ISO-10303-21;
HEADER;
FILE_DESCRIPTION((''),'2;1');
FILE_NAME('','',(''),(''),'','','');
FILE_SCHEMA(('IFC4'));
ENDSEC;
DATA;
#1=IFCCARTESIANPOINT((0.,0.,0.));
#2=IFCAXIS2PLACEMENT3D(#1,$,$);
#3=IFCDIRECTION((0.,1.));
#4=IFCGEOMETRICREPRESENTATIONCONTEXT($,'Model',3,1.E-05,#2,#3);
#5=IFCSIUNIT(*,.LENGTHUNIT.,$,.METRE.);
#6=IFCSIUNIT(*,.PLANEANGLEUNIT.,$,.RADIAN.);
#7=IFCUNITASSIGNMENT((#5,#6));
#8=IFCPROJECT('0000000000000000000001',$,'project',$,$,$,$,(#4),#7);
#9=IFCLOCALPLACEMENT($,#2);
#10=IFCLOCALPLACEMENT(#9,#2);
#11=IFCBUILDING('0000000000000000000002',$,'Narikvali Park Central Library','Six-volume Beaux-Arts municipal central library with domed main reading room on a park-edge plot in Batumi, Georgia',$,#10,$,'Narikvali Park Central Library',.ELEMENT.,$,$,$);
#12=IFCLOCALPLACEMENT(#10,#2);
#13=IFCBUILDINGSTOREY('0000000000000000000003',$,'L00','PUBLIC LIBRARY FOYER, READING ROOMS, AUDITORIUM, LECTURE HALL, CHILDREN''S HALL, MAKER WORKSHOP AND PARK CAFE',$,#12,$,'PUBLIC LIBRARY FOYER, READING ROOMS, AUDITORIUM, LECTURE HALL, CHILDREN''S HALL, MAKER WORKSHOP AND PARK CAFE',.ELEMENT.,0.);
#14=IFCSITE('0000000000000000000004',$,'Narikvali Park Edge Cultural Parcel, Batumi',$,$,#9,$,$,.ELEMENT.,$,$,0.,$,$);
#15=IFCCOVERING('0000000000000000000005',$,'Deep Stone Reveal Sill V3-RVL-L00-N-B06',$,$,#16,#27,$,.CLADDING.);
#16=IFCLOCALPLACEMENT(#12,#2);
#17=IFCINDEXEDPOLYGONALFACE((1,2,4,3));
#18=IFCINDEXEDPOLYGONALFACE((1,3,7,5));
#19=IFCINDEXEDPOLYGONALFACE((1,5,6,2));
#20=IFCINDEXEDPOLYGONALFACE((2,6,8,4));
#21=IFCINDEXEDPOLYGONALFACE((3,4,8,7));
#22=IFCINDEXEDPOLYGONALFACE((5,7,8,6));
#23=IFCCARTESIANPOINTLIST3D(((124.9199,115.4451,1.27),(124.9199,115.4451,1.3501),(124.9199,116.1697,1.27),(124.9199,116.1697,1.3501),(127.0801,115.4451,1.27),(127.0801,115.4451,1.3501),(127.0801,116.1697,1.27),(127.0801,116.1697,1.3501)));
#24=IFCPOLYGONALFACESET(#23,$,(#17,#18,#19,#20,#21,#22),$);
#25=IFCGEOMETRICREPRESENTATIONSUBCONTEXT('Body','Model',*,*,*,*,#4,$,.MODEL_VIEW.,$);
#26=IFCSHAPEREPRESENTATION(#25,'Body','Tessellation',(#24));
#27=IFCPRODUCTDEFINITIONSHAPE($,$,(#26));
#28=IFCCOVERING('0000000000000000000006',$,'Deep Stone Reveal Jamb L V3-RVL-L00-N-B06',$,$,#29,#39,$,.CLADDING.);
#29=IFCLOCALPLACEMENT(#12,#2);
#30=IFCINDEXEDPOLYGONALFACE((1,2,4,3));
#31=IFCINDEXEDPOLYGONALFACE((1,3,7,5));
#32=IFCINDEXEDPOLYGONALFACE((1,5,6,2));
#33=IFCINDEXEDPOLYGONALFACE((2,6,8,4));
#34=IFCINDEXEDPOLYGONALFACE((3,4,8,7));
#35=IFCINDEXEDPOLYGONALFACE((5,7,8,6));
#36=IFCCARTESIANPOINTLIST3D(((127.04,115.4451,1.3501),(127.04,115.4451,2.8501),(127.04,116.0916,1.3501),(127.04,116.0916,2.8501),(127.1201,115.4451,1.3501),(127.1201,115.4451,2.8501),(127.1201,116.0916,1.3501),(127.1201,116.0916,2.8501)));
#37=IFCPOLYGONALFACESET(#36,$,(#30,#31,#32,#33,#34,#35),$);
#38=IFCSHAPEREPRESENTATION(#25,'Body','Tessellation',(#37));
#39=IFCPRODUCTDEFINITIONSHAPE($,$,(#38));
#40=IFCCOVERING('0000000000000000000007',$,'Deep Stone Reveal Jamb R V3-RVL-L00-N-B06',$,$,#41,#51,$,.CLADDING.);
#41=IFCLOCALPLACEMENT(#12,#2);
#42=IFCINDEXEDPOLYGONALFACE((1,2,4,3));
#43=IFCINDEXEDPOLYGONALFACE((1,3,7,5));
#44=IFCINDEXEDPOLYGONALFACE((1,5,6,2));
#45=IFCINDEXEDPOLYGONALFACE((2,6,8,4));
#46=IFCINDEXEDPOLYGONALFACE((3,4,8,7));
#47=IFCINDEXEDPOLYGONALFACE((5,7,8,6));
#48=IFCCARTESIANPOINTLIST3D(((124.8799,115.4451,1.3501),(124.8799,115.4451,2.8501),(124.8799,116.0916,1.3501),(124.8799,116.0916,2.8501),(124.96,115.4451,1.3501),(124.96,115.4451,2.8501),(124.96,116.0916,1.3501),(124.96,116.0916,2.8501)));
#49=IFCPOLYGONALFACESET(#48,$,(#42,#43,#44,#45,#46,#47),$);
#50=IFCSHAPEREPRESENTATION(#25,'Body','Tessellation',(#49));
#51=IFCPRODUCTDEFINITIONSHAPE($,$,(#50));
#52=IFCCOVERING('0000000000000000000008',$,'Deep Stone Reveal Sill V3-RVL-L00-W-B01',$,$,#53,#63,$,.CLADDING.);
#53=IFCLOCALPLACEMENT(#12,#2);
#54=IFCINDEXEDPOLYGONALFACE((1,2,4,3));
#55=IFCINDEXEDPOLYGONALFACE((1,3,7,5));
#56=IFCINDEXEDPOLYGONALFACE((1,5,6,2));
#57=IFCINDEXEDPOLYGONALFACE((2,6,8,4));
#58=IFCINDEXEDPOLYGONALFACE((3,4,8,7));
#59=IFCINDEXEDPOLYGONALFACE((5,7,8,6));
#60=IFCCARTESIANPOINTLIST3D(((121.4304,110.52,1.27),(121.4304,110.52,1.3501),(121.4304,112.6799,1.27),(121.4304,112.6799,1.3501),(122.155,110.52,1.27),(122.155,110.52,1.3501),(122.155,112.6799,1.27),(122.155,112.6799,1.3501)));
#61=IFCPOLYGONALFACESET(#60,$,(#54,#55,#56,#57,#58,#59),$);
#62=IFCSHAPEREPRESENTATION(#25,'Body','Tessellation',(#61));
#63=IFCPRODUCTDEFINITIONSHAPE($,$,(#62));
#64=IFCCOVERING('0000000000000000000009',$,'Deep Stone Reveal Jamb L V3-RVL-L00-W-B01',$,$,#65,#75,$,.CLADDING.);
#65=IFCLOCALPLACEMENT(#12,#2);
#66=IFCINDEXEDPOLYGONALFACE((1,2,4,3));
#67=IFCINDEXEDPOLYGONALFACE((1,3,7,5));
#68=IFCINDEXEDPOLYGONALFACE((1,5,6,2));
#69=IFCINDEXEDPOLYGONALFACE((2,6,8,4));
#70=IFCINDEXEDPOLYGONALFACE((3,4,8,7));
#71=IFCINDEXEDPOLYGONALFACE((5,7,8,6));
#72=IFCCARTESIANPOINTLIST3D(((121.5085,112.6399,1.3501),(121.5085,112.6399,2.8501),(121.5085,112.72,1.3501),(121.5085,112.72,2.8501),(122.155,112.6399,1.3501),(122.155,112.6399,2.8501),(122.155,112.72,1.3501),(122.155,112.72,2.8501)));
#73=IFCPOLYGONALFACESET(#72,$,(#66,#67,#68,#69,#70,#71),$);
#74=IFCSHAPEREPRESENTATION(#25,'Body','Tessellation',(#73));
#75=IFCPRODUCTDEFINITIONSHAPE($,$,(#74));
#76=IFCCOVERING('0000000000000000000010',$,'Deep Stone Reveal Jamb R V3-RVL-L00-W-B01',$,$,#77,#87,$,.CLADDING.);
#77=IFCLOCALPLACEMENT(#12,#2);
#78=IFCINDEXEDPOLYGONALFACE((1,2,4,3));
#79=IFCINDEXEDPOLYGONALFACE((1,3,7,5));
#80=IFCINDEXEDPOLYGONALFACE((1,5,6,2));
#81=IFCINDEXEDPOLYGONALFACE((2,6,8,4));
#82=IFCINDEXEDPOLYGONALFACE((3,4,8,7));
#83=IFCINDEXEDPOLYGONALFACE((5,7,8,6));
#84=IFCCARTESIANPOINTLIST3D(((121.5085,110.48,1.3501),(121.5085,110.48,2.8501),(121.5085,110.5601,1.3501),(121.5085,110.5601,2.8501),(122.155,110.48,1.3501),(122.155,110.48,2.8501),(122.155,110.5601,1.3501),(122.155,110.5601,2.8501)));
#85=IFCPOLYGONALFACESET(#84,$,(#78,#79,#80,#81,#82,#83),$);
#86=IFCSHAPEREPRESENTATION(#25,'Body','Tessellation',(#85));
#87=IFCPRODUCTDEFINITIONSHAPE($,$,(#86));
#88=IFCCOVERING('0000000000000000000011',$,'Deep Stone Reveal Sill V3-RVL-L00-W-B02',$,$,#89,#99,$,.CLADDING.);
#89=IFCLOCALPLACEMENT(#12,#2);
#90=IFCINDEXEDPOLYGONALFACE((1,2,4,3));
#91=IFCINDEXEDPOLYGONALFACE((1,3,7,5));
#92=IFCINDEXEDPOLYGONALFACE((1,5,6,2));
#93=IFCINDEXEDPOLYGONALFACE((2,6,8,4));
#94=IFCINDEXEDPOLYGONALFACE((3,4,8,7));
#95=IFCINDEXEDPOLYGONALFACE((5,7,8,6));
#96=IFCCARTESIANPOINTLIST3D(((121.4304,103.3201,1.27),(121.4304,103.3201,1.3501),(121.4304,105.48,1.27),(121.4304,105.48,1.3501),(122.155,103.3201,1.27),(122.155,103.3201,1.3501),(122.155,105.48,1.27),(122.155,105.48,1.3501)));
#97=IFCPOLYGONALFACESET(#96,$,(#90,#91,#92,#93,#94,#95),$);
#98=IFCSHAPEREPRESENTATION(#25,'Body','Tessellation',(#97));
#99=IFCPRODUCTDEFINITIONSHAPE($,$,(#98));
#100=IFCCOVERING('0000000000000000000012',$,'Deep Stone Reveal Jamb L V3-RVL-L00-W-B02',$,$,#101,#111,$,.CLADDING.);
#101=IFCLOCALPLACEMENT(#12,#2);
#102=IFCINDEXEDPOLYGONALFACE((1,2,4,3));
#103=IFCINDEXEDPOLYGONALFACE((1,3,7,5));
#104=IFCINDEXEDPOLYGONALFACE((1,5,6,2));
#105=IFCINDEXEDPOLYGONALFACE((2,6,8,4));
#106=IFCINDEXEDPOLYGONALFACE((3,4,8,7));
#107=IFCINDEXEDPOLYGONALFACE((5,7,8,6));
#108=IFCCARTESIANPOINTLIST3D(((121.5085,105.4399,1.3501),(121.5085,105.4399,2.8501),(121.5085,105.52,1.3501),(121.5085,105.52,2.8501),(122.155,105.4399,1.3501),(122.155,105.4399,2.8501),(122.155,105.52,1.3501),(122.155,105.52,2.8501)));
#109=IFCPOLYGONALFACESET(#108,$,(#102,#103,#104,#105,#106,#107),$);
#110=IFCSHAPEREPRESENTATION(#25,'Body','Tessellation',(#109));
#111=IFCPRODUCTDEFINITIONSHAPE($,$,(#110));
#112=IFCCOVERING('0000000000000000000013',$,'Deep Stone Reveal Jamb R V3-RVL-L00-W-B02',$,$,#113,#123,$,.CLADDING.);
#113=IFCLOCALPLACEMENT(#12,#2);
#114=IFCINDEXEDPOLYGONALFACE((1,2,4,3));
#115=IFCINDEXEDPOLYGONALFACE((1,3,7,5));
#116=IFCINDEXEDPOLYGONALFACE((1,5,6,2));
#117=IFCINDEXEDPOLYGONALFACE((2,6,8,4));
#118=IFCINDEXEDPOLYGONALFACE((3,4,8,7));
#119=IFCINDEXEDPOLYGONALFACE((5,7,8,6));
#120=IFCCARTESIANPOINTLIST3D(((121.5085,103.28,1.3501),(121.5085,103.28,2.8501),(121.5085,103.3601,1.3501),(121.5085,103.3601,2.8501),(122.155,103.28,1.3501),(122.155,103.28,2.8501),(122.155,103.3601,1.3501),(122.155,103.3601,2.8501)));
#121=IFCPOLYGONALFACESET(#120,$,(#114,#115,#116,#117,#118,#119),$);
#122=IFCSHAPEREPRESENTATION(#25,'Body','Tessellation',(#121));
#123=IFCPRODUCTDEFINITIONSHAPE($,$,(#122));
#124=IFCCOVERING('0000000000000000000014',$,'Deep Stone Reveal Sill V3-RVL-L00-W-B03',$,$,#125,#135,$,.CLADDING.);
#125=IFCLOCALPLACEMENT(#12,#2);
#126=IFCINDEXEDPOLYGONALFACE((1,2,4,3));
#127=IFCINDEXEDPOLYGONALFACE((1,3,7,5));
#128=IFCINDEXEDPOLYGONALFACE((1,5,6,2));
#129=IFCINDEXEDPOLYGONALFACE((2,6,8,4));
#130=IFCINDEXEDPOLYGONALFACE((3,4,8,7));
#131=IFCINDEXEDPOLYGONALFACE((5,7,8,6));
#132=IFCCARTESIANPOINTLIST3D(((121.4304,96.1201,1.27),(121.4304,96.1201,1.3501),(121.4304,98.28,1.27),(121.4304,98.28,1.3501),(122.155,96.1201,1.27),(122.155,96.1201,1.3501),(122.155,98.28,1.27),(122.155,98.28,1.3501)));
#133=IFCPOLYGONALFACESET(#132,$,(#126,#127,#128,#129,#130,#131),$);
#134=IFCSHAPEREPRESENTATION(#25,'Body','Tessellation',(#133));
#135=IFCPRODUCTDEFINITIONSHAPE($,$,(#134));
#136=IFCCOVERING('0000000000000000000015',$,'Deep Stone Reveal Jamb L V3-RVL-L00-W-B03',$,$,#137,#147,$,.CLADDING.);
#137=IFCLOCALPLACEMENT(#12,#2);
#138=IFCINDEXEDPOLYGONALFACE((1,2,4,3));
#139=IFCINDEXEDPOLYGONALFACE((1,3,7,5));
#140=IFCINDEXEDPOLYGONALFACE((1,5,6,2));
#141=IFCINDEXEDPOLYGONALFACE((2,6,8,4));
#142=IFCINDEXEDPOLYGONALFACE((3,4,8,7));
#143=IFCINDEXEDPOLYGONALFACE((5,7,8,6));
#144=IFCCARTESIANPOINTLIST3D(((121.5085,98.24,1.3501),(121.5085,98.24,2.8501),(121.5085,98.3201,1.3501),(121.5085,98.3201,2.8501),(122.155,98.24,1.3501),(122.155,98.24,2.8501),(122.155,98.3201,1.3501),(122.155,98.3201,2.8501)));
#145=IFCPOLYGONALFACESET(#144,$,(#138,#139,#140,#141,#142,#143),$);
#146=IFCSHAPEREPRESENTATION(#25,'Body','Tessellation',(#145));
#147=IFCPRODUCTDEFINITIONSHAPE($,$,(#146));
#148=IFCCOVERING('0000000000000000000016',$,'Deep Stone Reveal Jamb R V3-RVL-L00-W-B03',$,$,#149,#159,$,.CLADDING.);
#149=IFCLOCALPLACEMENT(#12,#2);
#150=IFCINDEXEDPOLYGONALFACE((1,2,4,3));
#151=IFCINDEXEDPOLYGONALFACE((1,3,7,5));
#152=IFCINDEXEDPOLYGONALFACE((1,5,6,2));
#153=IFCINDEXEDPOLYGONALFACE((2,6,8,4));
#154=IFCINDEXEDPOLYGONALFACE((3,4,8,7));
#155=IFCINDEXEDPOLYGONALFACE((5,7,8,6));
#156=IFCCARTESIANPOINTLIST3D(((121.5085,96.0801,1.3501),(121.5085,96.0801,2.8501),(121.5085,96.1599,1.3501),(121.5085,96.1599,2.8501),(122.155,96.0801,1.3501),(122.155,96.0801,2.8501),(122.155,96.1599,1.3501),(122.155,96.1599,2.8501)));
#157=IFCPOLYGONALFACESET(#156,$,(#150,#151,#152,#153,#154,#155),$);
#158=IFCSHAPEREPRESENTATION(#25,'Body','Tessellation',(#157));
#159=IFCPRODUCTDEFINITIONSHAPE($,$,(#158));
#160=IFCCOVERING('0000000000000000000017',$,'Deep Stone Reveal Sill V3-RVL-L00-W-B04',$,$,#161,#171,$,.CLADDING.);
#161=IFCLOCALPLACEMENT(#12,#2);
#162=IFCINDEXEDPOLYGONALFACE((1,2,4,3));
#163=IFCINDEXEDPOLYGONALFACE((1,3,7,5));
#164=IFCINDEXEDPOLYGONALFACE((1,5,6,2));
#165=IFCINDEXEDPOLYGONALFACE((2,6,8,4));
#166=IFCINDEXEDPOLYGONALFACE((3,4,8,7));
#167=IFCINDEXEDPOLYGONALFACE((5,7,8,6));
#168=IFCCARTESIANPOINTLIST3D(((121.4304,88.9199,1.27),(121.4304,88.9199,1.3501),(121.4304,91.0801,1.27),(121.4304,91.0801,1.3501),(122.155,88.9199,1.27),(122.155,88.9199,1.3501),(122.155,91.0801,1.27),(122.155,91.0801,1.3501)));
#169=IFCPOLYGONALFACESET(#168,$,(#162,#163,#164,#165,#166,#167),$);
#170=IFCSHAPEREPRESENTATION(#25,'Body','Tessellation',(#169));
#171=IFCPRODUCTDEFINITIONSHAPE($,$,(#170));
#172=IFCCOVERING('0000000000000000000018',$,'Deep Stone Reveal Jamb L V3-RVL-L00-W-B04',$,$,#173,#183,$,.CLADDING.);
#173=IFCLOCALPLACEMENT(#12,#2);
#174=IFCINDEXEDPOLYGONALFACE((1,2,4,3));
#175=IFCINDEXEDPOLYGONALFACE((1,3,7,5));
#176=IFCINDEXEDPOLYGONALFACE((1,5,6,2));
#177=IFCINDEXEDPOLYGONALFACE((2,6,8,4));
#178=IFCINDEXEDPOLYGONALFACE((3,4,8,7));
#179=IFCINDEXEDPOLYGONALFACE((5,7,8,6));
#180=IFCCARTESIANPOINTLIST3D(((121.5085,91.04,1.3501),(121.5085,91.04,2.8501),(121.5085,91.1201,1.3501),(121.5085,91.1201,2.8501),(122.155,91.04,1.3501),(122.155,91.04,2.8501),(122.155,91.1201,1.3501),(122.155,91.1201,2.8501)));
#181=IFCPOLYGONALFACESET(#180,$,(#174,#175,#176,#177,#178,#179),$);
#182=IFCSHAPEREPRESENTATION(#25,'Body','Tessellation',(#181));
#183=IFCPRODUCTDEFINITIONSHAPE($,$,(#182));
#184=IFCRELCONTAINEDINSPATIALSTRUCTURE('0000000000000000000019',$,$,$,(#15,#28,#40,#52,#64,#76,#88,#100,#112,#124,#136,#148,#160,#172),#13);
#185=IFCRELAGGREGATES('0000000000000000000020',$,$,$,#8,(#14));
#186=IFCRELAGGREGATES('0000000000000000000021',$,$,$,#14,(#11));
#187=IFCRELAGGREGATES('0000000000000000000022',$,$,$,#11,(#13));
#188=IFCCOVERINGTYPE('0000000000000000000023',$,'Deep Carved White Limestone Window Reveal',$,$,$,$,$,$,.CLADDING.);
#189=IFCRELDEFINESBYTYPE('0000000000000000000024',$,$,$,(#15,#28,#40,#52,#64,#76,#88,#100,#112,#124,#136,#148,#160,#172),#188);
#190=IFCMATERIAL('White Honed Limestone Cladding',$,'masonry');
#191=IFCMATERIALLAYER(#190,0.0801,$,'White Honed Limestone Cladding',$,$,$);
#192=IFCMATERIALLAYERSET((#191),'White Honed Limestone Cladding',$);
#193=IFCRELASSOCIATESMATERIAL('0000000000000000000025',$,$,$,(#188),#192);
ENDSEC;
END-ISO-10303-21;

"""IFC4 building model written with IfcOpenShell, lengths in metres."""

from ifc_helpers import new_model, si_unit, direction, frame, origin, place, context, subcontext, project, spatial, polyline, outline, extrude, material, layer, layer_set, type_object, element, save


model = new_model("IFC4")

# Units and contexts
model_context = context("Model", 3, precision=1e-05, world=origin(), true_north=direction((0.0, 1.0)))
body_context = subcontext(model_context, "Body", "Model", "MODEL_VIEW")
ifc_project = project(units=[si_unit("LENGTHUNIT", "METRE"), si_unit("PLANEANGLEUNIT", "RADIAN")], contexts=[model_context])

# Site, building, storey
site_placement = place(None, origin())
site = spatial("IfcSite", under=ifc_project, at=site_placement, Name="Narikvali Park Edge Cultural Parcel, Batumi", CompositionType="ELEMENT", RefElevation=0.0)
building_placement = place(site_placement, origin())
building = spatial("IfcBuilding", under=site, at=building_placement, Name="Narikvali Park Central Library", Description="Six-volume Beaux-Arts municipal central library with domed main reading room on a park-edge plot in Batumi, Georgia", LongName="Narikvali Park Central Library", CompositionType="ELEMENT")
storey_placement = place(building_placement, origin())
storey = spatial("IfcBuildingStorey", under=building, at=storey_placement, Name="L00", Description="PUBLIC LIBRARY FOYER, READING ROOMS, AUDITORIUM, LECTURE HALL, CHILDREN'S HALL, MAKER WORKSHOP AND PARK CAFE", LongName="PUBLIC LIBRARY FOYER, READING ROOMS, AUDITORIUM, LECTURE HALL, CHILDREN'S HALL, MAKER WORKSHOP AND PARK CAFE", CompositionType="ELEMENT", Elevation=0.0)

# Coverings
ifc_material = material(Name="White Honed Limestone Cladding", Category="masonry")
ifc_layer = layer(ifc_material, 0.0801, Name="White Honed Limestone Cladding")
ifc_layer_set = layer_set([ifc_layer], Name="White Honed Limestone Cladding")
covering_type = type_object("IfcCoveringType", Name="Deep Carved White Limestone Window Reveal", PredefinedType="CLADDING", material=ifc_layer_set)
covering_1_placement = place(storey_placement, frame((0.0, 0.0, 1.27)))
element("IfcCovering", 1, at=covering_1_placement, inside=storey, type_object=covering_type, Name="Deep Stone Reveal Sill V3-RVL-L00-N-B06", PredefinedType="CLADDING", context=body_context, shape_type="SweptSolid", body=[
    extrude(outline(polyline([(127.0801, 115.4451), (124.9199, 115.4451), (124.9199, 116.1697), (127.0801, 116.1697), (127.0801, 115.4451)])), origin(), (0.0, 0.0, 1.0), 0.0801),
])
covering_2_placement = place(storey_placement, frame((0.0, 0.0, 1.3501)))
element("IfcCovering", 2, at=covering_2_placement, inside=storey, type_object=covering_type, Name="Deep Stone Reveal Jamb L V3-RVL-L00-N-B06", PredefinedType="CLADDING", context=body_context, shape_type="SweptSolid", body=[
    extrude(outline(polyline([(127.1201, 115.4451), (127.04, 115.4451), (127.04, 116.0916), (127.1201, 116.0916), (127.1201, 115.4451)])), origin(), (0.0, 0.0, 1.0), 1.5),
])
covering_3_placement = place(storey_placement, frame((0.0, 0.0, 1.3501)))
element("IfcCovering", 3, at=covering_3_placement, inside=storey, type_object=covering_type, Name="Deep Stone Reveal Jamb R V3-RVL-L00-N-B06", PredefinedType="CLADDING", context=body_context, shape_type="SweptSolid", body=[
    extrude(outline(polyline([(124.96, 115.4451), (124.8799, 115.4451), (124.8799, 116.0916), (124.96, 116.0916), (124.96, 115.4451)])), origin(), (0.0, 0.0, 1.0), 1.5),
])
covering_4_placement = place(storey_placement, frame((0.0, 0.0, 1.27)))
element("IfcCovering", 4, at=covering_4_placement, inside=storey, type_object=covering_type, Name="Deep Stone Reveal Sill V3-RVL-L00-W-B01", PredefinedType="CLADDING", context=body_context, shape_type="SweptSolid", body=[
    extrude(outline(polyline([(122.155, 112.6799), (122.155, 110.52), (121.4304, 110.52), (121.4304, 112.6799), (122.155, 112.6799)])), origin(), (0.0, 0.0, 1.0), 0.0801),
])
covering_5_placement = place(storey_placement, frame((0.0, 0.0, 1.3501)))
element("IfcCovering", 5, at=covering_5_placement, inside=storey, type_object=covering_type, Name="Deep Stone Reveal Jamb L V3-RVL-L00-W-B01", PredefinedType="CLADDING", context=body_context, shape_type="SweptSolid", body=[
    extrude(outline(polyline([(122.155, 112.72), (122.155, 112.6399), (121.5085, 112.6399), (121.5085, 112.72), (122.155, 112.72)])), origin(), (0.0, 0.0, 1.0), 1.5),
])
covering_6_placement = place(storey_placement, frame((0.0, 0.0, 1.3501)))
element("IfcCovering", 6, at=covering_6_placement, inside=storey, type_object=covering_type, Name="Deep Stone Reveal Jamb R V3-RVL-L00-W-B01", PredefinedType="CLADDING", context=body_context, shape_type="SweptSolid", body=[
    extrude(outline(polyline([(122.155, 110.5601), (122.155, 110.48), (121.5085, 110.48), (121.5085, 110.5601), (122.155, 110.5601)])), origin(), (0.0, 0.0, 1.0), 1.5),
])
covering_7_placement = place(storey_placement, frame((0.0, 0.0, 1.27)))
element("IfcCovering", 7, at=covering_7_placement, inside=storey, type_object=covering_type, Name="Deep Stone Reveal Sill V3-RVL-L00-W-B02", PredefinedType="CLADDING", context=body_context, shape_type="SweptSolid", body=[
    extrude(outline(polyline([(122.155, 105.48), (122.155, 103.3201), (121.4304, 103.3201), (121.4304, 105.48), (122.155, 105.48)])), origin(), (0.0, 0.0, 1.0), 0.0801),
])
covering_8_placement = place(storey_placement, frame((0.0, 0.0, 1.3501)))
element("IfcCovering", 8, at=covering_8_placement, inside=storey, type_object=covering_type, Name="Deep Stone Reveal Jamb L V3-RVL-L00-W-B02", PredefinedType="CLADDING", context=body_context, shape_type="SweptSolid", body=[
    extrude(outline(polyline([(122.155, 105.52), (122.155, 105.4399), (121.5085, 105.4399), (121.5085, 105.52), (122.155, 105.52)])), origin(), (0.0, 0.0, 1.0), 1.5),
])
covering_9_placement = place(storey_placement, frame((0.0, 0.0, 1.3501)))
element("IfcCovering", 9, at=covering_9_placement, inside=storey, type_object=covering_type, Name="Deep Stone Reveal Jamb R V3-RVL-L00-W-B02", PredefinedType="CLADDING", context=body_context, shape_type="SweptSolid", body=[
    extrude(outline(polyline([(122.155, 103.3601), (122.155, 103.28), (121.5085, 103.28), (121.5085, 103.3601), (122.155, 103.3601)])), origin(), (0.0, 0.0, 1.0), 1.5),
])
covering_10_placement = place(storey_placement, frame((0.0, 0.0, 1.27)))
element("IfcCovering", 10, at=covering_10_placement, inside=storey, type_object=covering_type, Name="Deep Stone Reveal Sill V3-RVL-L00-W-B03", PredefinedType="CLADDING", context=body_context, shape_type="SweptSolid", body=[
    extrude(outline(polyline([(122.155, 98.28), (122.155, 96.1201), (121.4304, 96.1201), (121.4304, 98.28), (122.155, 98.28)])), origin(), (0.0, 0.0, 1.0), 0.0801),
])
covering_11_placement = place(storey_placement, frame((0.0, 0.0, 1.3501)))
element("IfcCovering", 11, at=covering_11_placement, inside=storey, type_object=covering_type, Name="Deep Stone Reveal Jamb L V3-RVL-L00-W-B03", PredefinedType="CLADDING", context=body_context, shape_type="SweptSolid", body=[
    extrude(outline(polyline([(122.155, 98.3201), (122.155, 98.24), (121.5085, 98.24), (121.5085, 98.3201), (122.155, 98.3201)])), origin(), (0.0, 0.0, 1.0), 1.5),
])
covering_12_placement = place(storey_placement, frame((0.0, 0.0, 1.3501)))
element("IfcCovering", 12, at=covering_12_placement, inside=storey, type_object=covering_type, Name="Deep Stone Reveal Jamb R V3-RVL-L00-W-B03", PredefinedType="CLADDING", context=body_context, shape_type="SweptSolid", body=[
    extrude(outline(polyline([(122.155, 96.1599), (122.155, 96.0801), (121.5085, 96.0801), (121.5085, 96.1599), (122.155, 96.1599)])), origin(), (0.0, 0.0, 1.0), 1.5),
])
covering_13_placement = place(storey_placement, frame((0.0, 0.0, 1.27)))
element("IfcCovering", 13, at=covering_13_placement, inside=storey, type_object=covering_type, Name="Deep Stone Reveal Sill V3-RVL-L00-W-B04", PredefinedType="CLADDING", context=body_context, shape_type="SweptSolid", body=[
    extrude(outline(polyline([(122.155, 91.0801), (122.155, 88.9199), (121.4304, 88.9199), (121.4304, 91.0801), (122.155, 91.0801)])), origin(), (0.0, 0.0, 1.0), 0.0801),
])
covering_14_placement = place(storey_placement, frame((0.0, 0.0, 1.3501)))
element("IfcCovering", 14, at=covering_14_placement, inside=storey, type_object=covering_type, Name="Deep Stone Reveal Jamb L V3-RVL-L00-W-B04", PredefinedType="CLADDING", context=body_context, shape_type="SweptSolid", body=[
    extrude(outline(polyline([(122.155, 91.1201), (122.155, 91.04), (121.5085, 91.04), (121.5085, 91.1201), (122.155, 91.1201)])), origin(), (0.0, 0.0, 1.0), 1.5),
])

save(model, "model.ifc")
